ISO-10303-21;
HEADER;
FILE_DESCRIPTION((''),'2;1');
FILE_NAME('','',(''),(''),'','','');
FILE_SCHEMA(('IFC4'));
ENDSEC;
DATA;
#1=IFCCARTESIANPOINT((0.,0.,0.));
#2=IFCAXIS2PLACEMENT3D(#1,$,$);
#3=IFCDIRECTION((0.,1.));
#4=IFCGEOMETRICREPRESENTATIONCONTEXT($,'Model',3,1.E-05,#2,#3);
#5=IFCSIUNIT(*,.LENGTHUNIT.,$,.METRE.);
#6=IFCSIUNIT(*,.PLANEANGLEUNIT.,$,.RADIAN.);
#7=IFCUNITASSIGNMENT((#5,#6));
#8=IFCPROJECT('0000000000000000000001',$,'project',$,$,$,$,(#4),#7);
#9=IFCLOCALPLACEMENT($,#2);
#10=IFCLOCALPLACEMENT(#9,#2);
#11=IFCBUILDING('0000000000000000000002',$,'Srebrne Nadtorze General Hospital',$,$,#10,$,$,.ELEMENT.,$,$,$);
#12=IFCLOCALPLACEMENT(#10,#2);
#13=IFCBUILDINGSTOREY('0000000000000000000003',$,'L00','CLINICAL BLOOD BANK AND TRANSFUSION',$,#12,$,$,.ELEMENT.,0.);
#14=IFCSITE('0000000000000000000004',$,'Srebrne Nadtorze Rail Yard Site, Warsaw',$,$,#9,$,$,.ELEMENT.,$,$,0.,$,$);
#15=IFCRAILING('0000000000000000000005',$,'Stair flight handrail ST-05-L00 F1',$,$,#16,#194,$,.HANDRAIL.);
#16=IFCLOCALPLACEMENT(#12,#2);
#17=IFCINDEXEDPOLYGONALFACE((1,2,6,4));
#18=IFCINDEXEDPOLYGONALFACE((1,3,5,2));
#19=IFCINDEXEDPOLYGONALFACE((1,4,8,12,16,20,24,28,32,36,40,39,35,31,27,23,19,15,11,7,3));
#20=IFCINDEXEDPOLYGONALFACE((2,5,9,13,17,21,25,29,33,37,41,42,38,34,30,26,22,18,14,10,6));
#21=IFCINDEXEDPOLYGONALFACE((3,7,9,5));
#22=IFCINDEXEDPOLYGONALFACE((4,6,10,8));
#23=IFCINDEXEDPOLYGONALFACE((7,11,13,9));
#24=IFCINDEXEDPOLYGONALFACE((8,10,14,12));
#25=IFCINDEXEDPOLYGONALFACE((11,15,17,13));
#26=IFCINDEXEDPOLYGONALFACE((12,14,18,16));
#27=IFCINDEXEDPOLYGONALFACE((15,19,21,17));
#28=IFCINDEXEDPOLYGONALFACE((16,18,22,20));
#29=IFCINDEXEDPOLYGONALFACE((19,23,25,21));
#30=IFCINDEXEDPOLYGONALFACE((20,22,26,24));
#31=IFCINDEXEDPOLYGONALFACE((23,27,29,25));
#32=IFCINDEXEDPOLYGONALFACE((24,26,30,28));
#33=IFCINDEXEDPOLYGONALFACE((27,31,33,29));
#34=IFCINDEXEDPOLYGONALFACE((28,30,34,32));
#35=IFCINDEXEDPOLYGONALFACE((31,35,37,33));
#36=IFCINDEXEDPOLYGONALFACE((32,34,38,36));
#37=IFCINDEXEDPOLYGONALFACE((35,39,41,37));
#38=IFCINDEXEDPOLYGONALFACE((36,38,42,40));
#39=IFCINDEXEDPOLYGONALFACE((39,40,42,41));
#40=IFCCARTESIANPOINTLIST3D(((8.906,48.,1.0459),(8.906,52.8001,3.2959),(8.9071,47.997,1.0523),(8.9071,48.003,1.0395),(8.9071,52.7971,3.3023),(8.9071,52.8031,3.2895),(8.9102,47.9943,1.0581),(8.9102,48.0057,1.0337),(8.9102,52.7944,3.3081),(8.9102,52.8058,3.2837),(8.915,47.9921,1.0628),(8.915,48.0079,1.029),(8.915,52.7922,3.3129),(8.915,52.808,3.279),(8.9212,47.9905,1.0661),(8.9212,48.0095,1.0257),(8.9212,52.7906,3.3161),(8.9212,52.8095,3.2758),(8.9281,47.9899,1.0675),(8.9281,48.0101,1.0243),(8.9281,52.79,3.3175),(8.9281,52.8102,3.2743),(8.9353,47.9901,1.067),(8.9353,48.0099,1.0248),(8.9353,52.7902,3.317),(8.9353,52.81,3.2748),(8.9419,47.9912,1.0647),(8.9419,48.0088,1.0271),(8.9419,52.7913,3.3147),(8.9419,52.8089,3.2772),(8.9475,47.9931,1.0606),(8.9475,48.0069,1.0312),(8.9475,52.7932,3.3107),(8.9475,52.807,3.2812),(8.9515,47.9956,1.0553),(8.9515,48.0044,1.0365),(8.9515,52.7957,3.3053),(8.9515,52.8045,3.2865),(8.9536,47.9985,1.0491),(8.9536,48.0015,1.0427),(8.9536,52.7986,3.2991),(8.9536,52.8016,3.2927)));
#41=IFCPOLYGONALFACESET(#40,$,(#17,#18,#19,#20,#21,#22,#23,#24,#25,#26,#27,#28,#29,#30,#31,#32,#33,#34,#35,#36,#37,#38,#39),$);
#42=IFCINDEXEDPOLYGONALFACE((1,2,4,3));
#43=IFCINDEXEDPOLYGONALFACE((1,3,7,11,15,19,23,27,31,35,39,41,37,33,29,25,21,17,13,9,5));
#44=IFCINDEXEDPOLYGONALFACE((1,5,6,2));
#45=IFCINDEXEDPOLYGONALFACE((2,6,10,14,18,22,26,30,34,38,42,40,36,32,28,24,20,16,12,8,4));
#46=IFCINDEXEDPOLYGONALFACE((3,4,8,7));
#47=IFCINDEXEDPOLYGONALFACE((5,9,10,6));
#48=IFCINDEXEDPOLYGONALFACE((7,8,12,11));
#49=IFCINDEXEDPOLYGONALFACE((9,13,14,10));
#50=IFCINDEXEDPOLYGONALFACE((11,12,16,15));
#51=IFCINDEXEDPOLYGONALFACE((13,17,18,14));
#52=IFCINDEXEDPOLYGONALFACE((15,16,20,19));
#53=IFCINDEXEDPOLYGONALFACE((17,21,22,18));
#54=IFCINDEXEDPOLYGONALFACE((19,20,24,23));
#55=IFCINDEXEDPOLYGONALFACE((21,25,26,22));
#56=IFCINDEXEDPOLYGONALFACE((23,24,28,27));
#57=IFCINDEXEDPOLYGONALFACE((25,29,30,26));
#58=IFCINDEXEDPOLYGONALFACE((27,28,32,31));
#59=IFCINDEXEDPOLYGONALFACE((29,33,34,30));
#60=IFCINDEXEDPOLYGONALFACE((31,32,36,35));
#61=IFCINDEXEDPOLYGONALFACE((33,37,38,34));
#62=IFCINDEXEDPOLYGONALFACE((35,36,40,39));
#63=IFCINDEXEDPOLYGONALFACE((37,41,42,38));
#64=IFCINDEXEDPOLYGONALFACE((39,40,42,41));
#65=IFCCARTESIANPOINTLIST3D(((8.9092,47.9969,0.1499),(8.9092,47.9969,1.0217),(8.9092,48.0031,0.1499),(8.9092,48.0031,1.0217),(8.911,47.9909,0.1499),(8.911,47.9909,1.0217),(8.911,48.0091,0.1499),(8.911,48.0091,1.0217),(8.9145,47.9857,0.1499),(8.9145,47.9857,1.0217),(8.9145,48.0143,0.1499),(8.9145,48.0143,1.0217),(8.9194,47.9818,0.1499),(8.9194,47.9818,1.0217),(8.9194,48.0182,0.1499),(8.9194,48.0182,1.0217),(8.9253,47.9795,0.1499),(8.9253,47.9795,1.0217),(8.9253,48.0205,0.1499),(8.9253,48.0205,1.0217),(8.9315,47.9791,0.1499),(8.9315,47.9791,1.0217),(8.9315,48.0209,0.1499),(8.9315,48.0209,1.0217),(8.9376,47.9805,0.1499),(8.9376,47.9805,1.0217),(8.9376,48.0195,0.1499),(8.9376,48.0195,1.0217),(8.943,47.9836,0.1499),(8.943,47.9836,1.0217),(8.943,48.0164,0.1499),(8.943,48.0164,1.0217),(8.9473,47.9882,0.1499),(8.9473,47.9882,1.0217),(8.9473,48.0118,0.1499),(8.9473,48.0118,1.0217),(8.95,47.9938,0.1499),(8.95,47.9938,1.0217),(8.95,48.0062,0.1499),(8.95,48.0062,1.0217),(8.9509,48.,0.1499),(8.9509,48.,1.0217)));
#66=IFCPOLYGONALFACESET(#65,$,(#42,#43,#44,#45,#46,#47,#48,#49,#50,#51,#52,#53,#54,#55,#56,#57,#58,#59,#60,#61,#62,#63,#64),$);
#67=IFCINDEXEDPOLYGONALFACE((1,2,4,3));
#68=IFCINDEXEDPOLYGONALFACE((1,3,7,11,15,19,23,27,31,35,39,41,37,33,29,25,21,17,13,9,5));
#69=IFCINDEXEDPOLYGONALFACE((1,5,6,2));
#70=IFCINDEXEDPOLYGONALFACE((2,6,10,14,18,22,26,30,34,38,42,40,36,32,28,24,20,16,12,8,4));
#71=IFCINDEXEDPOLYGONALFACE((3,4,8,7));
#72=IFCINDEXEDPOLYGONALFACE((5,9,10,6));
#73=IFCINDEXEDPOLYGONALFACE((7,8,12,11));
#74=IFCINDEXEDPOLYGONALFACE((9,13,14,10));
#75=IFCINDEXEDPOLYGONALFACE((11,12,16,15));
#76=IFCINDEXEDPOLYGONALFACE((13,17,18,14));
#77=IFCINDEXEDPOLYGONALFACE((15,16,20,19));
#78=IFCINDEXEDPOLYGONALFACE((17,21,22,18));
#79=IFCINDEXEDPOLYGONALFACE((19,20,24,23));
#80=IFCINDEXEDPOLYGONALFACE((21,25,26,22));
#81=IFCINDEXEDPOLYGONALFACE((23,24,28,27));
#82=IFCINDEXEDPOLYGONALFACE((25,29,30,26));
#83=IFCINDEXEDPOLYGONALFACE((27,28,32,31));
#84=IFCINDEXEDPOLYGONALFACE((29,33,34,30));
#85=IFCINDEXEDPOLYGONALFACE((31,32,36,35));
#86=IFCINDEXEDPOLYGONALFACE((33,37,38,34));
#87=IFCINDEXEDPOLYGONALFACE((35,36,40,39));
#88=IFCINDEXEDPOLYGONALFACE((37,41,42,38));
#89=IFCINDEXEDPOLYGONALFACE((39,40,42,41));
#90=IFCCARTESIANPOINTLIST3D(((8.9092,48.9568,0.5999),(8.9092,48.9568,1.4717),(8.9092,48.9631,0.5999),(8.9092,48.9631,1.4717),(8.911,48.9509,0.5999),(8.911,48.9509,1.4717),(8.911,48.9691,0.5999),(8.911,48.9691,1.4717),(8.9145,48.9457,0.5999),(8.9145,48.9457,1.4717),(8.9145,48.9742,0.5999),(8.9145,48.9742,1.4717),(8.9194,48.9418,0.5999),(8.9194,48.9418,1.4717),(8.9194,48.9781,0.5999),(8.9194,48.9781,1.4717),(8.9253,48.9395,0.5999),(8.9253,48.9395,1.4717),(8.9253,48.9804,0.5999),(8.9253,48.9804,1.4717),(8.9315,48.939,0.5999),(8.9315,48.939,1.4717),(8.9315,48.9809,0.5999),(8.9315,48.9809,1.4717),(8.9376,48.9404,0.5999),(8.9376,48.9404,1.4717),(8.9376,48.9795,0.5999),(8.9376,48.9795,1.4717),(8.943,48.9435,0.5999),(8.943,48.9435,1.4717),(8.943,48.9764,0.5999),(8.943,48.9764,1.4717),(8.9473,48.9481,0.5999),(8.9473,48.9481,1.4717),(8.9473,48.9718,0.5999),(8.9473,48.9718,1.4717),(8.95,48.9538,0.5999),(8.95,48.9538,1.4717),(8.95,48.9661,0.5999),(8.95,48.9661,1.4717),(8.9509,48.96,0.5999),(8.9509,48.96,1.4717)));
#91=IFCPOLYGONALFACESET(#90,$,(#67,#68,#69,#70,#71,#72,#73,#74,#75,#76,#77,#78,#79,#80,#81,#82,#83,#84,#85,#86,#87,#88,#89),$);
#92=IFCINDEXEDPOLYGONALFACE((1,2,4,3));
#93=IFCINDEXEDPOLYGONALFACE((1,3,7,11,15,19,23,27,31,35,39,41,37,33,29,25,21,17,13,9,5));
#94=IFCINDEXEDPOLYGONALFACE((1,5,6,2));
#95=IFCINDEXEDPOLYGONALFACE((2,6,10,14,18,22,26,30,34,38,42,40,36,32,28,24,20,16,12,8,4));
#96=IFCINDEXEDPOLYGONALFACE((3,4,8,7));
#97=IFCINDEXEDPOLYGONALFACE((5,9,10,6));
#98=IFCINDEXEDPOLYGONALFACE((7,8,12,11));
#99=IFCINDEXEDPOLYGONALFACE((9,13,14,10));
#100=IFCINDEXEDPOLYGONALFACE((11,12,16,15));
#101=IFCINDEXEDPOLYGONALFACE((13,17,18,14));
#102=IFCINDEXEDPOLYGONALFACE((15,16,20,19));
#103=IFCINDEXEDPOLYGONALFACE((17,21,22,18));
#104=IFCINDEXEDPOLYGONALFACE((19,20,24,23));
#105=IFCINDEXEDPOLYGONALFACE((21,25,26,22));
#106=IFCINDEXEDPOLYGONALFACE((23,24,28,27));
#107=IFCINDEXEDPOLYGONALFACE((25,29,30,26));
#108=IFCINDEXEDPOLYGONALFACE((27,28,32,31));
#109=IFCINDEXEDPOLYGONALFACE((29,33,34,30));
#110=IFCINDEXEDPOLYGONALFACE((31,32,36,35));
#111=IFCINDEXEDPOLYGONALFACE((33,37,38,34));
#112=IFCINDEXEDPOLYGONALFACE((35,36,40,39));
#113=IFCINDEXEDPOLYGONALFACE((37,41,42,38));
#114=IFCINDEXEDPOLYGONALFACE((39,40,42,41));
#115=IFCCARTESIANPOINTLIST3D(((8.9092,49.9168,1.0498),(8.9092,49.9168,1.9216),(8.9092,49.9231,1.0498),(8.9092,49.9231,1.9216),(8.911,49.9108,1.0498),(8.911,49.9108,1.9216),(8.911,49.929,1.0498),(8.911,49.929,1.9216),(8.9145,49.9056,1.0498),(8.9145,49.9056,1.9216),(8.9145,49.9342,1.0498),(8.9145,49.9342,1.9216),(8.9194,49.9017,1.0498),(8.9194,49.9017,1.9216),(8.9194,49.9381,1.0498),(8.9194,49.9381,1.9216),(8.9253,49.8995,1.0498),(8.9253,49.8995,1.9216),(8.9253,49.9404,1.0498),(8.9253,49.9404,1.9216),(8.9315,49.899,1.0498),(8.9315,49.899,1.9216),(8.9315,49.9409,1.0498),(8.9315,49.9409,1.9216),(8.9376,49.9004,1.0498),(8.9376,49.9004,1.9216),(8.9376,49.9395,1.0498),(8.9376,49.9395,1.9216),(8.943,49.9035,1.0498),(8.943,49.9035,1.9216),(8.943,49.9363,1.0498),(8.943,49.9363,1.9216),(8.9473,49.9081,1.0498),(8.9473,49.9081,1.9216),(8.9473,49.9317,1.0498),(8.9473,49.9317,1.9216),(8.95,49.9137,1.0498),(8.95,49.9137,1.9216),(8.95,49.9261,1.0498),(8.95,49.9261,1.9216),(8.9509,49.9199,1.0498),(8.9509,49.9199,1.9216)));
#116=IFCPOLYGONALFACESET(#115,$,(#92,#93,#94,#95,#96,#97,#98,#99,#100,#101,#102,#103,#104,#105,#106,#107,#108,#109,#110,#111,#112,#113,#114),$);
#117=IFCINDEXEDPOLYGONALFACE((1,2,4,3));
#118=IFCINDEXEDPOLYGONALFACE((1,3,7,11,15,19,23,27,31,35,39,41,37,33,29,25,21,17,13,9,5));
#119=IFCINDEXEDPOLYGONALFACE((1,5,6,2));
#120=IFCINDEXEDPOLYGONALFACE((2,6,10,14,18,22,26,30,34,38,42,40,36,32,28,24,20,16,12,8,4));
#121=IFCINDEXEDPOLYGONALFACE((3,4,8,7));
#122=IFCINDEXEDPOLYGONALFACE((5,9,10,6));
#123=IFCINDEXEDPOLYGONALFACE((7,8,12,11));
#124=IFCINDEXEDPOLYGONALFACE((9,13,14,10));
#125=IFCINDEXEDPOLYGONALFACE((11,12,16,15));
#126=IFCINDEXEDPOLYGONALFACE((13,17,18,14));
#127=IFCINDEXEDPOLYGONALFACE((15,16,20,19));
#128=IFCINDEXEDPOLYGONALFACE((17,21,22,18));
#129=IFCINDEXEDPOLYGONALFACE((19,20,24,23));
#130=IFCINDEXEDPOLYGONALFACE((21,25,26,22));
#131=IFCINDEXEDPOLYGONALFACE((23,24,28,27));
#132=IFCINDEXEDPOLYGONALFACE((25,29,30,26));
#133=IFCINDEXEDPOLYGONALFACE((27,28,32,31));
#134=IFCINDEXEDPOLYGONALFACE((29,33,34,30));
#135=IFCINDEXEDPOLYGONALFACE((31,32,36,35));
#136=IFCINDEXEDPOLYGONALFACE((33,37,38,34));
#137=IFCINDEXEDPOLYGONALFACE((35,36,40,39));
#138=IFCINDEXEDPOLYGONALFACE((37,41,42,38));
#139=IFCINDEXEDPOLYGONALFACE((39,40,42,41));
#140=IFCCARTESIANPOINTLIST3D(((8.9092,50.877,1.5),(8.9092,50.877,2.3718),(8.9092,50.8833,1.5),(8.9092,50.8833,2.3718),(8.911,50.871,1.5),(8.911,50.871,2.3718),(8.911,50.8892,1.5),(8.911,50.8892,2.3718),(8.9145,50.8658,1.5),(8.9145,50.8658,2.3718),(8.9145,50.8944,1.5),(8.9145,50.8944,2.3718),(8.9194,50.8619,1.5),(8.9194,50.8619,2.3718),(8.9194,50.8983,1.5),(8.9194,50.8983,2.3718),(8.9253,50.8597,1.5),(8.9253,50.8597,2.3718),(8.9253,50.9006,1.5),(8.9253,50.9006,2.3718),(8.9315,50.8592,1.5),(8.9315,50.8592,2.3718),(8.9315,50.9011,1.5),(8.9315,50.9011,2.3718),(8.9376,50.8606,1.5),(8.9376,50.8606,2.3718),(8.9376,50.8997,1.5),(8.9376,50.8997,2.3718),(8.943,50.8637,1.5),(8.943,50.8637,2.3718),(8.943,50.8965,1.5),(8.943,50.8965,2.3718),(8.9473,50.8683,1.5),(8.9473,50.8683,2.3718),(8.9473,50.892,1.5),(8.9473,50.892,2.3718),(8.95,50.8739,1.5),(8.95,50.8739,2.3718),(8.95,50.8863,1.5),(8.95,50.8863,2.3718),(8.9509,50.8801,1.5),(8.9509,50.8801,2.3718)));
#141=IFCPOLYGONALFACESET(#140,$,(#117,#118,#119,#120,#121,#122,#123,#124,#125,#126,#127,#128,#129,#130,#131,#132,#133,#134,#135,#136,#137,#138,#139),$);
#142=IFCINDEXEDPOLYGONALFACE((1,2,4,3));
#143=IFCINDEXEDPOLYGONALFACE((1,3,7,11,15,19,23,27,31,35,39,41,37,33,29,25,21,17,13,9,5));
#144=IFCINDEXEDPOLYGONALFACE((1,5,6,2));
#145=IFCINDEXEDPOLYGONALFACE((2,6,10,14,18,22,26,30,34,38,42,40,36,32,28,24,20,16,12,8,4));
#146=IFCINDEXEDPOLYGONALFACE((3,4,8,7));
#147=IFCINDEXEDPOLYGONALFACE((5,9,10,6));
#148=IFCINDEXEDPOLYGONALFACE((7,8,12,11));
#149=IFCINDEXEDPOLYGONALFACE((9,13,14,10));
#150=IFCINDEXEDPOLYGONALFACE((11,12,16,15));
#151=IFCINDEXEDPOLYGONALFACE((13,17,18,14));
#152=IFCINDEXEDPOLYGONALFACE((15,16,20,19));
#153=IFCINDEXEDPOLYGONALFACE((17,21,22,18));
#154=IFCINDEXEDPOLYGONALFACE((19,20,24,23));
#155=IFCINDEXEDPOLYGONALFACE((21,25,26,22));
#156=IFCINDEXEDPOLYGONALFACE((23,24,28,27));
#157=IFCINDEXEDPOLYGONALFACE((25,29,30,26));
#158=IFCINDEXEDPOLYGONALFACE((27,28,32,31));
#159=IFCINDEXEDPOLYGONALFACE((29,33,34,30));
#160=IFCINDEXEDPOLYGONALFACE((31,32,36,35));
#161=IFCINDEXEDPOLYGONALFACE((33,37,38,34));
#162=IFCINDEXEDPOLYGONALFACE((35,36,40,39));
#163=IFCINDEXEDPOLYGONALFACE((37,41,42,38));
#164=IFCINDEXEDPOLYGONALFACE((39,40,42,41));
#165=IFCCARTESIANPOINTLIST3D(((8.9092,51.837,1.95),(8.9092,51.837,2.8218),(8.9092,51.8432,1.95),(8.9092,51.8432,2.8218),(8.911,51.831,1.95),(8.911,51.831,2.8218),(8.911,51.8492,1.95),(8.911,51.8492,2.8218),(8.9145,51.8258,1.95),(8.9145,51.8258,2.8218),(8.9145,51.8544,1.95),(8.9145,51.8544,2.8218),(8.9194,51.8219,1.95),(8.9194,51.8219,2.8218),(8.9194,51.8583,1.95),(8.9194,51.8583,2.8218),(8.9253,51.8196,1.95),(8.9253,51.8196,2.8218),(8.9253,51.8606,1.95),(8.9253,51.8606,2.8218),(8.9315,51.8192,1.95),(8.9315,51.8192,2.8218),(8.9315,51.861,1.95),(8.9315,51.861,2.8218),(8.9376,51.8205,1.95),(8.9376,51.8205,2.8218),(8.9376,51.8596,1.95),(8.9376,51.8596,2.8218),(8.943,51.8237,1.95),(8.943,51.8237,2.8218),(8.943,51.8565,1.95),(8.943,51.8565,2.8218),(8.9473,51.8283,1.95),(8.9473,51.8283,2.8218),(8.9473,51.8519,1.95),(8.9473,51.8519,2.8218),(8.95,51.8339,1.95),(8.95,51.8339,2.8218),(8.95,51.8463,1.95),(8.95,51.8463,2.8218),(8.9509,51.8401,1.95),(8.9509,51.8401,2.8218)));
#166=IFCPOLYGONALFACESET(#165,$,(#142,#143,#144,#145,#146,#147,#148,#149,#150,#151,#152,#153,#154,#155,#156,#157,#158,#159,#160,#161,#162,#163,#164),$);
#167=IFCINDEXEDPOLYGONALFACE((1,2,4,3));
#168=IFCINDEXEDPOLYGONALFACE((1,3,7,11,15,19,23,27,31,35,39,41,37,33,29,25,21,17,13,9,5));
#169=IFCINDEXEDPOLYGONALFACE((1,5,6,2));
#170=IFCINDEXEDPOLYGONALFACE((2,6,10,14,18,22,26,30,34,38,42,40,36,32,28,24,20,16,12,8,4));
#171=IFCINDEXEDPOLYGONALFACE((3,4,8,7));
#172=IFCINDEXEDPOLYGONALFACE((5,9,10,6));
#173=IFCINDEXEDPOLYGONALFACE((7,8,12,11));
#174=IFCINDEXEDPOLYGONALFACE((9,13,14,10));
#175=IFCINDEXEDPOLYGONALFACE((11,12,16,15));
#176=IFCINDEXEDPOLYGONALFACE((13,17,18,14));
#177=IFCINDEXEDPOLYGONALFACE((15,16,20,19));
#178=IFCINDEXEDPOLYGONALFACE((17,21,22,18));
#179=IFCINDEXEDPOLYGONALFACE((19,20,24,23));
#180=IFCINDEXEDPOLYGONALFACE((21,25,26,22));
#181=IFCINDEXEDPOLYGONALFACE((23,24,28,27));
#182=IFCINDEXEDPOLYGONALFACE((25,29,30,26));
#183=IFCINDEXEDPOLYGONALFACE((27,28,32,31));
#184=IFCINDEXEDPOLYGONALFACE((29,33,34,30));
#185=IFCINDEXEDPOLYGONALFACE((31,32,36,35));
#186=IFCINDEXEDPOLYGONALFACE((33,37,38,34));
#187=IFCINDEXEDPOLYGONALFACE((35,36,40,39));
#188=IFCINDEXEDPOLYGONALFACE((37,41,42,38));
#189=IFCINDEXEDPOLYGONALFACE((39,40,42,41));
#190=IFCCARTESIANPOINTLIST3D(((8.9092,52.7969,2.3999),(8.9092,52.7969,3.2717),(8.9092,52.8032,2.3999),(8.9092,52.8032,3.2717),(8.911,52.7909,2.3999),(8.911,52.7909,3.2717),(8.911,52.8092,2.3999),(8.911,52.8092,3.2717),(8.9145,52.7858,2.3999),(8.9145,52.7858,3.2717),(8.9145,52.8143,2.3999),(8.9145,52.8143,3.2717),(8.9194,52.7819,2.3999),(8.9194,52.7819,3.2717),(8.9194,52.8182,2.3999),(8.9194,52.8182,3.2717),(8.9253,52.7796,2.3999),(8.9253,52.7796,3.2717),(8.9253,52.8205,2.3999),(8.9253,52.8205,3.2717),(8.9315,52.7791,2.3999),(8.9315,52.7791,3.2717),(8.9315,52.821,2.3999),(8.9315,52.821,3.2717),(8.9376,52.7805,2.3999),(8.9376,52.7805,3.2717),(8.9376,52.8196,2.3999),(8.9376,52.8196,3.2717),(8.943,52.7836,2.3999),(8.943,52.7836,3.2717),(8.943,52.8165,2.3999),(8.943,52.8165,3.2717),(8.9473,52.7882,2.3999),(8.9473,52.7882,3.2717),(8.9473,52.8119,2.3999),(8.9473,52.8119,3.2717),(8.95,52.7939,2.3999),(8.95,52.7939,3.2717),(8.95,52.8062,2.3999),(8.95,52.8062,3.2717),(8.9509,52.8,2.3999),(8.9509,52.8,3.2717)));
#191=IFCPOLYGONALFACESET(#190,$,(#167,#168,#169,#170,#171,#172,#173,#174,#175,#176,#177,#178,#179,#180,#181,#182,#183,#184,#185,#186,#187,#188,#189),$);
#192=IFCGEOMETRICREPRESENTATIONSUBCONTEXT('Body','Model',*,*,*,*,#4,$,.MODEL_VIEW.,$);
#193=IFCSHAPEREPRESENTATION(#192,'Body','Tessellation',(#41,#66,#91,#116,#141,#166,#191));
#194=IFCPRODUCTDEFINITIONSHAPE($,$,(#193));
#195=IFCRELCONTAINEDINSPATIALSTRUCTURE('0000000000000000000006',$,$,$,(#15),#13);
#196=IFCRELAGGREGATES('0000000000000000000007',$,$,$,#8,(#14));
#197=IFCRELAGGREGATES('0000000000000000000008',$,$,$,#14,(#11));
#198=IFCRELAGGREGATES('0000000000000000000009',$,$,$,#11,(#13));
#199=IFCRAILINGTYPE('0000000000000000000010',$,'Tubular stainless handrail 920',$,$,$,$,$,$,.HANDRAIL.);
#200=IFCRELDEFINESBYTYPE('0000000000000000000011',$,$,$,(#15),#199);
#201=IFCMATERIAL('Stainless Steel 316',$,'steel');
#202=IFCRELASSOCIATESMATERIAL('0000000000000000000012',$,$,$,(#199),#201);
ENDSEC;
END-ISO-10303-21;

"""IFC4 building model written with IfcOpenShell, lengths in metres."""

from ifc_helpers import new_model, si_unit, direction, frame, origin, origin_2d, place, context, subcontext, project, spatial, circle, extrude, material, type_object, element, save


model = new_model("IFC4")

# Units and contexts
model_context = context("Model", 3, precision=1e-05, world=origin(), true_north=direction((0.0, 1.0)))
body_context = subcontext(model_context, "Body", "Model", "MODEL_VIEW")
ifc_project = project(units=[si_unit("LENGTHUNIT", "METRE"), si_unit("PLANEANGLEUNIT", "RADIAN")], contexts=[model_context])

# Site, building, storey
site_placement = place(None, origin())
site = spatial("IfcSite", under=ifc_project, at=site_placement, Name="Srebrne Nadtorze Rail Yard Site, Warsaw", CompositionType="ELEMENT", RefElevation=0.0)
building_placement = place(site_placement, origin())
building = spatial("IfcBuilding", under=site, at=building_placement, Name="Srebrne Nadtorze General Hospital", CompositionType="ELEMENT")
storey_placement = place(building_placement, origin())
storey = spatial("IfcBuildingStorey", under=building, at=storey_placement, Name="L00", Description="CLINICAL BLOOD BANK AND TRANSFUSION", CompositionType="ELEMENT", Elevation=0.0)

# Railing
ifc_material_1 = material(Name="Stainless Steel 316", Category="steel")
railing_type = type_object("IfcRailingType", Name="Tubular stainless handrail 920", PredefinedType="HANDRAIL", material=ifc_material_1)
railing_1_placement = place(storey_placement, frame((8.9299, 48.0, 0.1499)))
element("IfcRailing", 1, at=railing_1_placement, inside=storey, type_object=railing_type, Name="Stair flight handrail ST-05-L00 F1", PredefinedType="HANDRAIL", context=body_context, shape_type="SweptSolid", body=[
    extrude(circle(Radius=0.0239, at=origin_2d()), frame((0.0, 0.0, 0.896), z_axis=(0.0, 0.905461, 0.42443), x_axis=(-1.0, 0.0, 0.0)), (0.0, 0.0, 1.0), 5.3013),
    extrude(circle(Radius=0.021, at=origin_2d()), origin(), (0.0, 0.0, 1.0), 0.8718),
    extrude(circle(Radius=0.021, at=origin_2d()), frame((0.0, 0.96, 0.45)), (0.0, 0.0, 1.0), 0.8718),
    extrude(circle(Radius=0.021, at=origin_2d()), frame((0.0, 1.9199, 0.8999)), (0.0, 0.0, 1.0), 0.8718),
    extrude(circle(Radius=0.021, at=origin_2d()), frame((0.0, 2.8801, 1.3501)), (0.0, 0.0, 1.0), 0.8718),
    extrude(circle(Radius=0.021, at=origin_2d()), frame((0.0, 3.8401, 1.8)), (0.0, 0.0, 1.0), 0.8718),
    extrude(circle(Radius=0.021, at=origin_2d()), frame((0.0, 4.8, 2.25)), (0.0, 0.0, 1.0), 0.8718),
])

save(model, "model.ifc")
